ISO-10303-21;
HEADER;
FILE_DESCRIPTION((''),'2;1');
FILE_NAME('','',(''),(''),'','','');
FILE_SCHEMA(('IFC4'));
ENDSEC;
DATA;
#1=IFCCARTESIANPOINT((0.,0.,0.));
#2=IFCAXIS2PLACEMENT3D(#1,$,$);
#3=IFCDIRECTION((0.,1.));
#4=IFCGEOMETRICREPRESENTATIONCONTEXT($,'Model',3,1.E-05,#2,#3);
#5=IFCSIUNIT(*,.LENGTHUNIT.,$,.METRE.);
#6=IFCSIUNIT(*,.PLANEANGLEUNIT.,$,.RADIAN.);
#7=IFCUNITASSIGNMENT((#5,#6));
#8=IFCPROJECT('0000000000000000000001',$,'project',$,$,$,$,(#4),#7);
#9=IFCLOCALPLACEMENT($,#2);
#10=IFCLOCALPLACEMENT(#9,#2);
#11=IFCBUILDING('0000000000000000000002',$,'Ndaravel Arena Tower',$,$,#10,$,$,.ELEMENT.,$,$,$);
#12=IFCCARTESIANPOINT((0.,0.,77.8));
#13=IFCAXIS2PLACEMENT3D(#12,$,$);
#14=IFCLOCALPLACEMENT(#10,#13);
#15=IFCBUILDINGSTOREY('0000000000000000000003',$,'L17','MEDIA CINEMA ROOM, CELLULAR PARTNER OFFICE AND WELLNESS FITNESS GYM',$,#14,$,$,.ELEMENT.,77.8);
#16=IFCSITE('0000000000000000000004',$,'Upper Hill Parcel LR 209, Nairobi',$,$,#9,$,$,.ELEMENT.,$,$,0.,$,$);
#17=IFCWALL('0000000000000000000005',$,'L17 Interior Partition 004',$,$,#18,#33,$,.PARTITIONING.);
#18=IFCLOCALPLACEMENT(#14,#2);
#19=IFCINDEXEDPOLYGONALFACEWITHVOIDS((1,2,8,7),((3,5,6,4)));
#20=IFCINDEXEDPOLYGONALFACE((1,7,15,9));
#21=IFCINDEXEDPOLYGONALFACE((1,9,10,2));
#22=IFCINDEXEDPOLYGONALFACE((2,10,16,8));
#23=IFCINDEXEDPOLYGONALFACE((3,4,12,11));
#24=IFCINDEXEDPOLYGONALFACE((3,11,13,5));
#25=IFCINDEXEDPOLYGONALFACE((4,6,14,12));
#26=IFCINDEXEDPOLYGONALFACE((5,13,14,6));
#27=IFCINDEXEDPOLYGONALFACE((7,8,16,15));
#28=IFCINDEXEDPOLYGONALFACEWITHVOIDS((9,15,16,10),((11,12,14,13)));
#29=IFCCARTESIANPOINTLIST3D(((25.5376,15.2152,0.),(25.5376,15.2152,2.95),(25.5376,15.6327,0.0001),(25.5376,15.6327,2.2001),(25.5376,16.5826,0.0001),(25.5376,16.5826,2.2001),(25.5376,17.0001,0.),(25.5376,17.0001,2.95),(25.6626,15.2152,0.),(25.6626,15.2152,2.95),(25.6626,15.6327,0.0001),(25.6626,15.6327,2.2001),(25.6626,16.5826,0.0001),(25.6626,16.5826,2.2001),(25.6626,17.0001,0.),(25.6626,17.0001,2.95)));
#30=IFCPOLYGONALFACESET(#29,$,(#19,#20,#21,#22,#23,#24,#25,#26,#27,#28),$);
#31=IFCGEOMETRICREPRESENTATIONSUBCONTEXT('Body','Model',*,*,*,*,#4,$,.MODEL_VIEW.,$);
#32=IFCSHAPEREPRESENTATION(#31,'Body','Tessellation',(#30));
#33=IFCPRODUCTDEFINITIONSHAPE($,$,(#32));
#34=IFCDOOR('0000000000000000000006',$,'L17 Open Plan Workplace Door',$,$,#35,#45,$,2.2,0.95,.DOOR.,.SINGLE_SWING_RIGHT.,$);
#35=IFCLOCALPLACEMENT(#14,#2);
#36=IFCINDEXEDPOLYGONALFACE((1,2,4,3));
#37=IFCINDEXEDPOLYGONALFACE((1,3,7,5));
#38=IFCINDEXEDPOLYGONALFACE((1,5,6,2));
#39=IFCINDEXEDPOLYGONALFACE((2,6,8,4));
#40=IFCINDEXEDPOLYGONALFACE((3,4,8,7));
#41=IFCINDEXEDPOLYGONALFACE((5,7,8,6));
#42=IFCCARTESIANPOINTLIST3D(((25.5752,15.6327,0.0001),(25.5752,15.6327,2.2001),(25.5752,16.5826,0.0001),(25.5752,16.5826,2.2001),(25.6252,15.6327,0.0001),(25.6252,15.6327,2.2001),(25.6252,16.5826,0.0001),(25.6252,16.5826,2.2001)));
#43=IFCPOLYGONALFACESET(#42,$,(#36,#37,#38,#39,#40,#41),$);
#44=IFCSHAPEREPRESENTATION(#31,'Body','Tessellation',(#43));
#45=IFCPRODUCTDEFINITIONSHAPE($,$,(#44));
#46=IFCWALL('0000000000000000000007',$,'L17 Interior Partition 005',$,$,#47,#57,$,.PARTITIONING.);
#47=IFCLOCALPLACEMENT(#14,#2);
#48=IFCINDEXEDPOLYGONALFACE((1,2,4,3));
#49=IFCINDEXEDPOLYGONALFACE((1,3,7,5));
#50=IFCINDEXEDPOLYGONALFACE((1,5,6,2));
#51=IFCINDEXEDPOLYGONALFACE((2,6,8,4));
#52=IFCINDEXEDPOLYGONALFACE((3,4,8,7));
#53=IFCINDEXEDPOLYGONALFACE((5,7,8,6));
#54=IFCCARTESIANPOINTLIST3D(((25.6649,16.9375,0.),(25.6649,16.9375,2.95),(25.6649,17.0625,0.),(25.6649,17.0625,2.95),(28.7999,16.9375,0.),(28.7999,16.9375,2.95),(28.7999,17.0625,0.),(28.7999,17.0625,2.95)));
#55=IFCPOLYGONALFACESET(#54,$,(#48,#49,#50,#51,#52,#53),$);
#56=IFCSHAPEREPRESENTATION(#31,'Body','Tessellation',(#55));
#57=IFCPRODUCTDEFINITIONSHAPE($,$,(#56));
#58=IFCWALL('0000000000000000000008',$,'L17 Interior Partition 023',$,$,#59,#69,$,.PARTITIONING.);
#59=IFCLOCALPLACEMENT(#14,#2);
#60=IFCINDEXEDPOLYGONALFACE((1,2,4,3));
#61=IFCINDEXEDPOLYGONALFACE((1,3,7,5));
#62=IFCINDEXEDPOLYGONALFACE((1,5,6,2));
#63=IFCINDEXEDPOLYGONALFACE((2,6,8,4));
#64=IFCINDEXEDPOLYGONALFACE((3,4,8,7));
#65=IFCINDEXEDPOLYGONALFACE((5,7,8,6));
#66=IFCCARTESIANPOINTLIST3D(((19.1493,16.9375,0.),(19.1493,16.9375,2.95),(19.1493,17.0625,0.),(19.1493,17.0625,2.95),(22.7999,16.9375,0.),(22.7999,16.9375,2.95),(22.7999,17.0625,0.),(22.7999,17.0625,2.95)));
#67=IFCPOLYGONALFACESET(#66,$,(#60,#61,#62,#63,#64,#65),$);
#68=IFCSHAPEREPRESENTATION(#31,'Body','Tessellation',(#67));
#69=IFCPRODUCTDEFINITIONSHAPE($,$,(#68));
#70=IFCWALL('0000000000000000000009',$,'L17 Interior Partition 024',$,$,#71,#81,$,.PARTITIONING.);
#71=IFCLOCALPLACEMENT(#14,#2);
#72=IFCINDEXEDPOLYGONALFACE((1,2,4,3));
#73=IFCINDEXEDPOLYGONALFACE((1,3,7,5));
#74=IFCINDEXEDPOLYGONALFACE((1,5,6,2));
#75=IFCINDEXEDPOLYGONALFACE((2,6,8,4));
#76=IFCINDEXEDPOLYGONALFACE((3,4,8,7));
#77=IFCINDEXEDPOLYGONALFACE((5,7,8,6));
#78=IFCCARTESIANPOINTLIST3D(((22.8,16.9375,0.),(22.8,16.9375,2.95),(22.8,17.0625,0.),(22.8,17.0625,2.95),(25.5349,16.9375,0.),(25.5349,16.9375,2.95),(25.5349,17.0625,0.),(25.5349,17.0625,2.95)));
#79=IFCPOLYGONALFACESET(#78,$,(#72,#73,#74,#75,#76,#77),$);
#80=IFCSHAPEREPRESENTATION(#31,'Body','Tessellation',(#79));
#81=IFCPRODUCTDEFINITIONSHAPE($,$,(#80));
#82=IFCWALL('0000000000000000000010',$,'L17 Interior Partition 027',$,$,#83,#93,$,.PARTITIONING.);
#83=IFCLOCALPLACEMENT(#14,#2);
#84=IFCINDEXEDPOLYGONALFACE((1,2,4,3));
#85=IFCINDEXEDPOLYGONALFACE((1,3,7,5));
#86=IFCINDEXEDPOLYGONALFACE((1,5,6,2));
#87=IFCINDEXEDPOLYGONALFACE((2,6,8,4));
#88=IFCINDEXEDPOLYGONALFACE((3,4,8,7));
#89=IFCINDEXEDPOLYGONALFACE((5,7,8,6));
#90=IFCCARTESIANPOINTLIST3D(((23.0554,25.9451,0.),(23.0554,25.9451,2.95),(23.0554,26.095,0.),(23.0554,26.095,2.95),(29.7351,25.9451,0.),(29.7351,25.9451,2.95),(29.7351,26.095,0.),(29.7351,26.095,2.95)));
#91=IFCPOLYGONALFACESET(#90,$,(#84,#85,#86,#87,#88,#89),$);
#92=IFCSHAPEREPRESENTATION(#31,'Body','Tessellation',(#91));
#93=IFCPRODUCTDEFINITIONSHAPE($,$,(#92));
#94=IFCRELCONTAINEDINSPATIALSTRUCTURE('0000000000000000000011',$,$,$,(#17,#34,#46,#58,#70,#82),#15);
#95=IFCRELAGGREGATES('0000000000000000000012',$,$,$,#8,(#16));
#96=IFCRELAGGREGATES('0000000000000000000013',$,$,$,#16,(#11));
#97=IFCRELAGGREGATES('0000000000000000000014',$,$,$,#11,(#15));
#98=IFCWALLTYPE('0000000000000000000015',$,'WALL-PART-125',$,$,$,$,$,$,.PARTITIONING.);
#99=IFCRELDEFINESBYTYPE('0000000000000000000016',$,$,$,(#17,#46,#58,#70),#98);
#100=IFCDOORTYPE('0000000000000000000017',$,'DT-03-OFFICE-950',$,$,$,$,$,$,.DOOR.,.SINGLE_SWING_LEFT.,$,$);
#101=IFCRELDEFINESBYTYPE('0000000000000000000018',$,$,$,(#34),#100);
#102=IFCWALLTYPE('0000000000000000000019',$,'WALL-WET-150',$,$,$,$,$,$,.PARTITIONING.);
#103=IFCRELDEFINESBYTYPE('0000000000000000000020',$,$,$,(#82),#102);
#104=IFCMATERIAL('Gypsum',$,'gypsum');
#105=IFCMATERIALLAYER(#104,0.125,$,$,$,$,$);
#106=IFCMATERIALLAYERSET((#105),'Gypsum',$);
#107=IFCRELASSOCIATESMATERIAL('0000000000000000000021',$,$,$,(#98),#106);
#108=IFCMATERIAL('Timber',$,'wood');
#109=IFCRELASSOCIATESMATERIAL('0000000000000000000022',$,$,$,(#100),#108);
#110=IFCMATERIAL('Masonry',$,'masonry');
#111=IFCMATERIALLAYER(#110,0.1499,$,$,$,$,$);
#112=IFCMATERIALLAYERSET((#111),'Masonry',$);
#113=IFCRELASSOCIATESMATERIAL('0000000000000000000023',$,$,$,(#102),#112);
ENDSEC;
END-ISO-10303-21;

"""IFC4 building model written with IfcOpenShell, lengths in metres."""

from ifc_helpers import new_model, si_unit, direction, frame, frame_2d, origin, place, context, subcontext, project, spatial, rectangle, extrude, material, layer, layer_set, type_object, element, fill, save


model = new_model("IFC4")

# Units and contexts
model_context = context("Model", 3, precision=1e-05, world=origin(), true_north=direction((0.0, 1.0)))
body_context = subcontext(model_context, "Body", "Model", "MODEL_VIEW")
ifc_project = project(units=[si_unit("LENGTHUNIT", "METRE"), si_unit("PLANEANGLEUNIT", "RADIAN")], contexts=[model_context])

# Site, building, storey
site_placement = place(None, origin())
site = spatial("IfcSite", under=ifc_project, at=site_placement, Name="Upper Hill Parcel LR 209, Nairobi", CompositionType="ELEMENT", RefElevation=0.0)
building_placement = place(site_placement, origin())
building = spatial("IfcBuilding", under=site, at=building_placement, Name="Ndaravel Arena Tower", CompositionType="ELEMENT")
storey_placement = place(building_placement, frame((0.0, 0.0, 77.8)))
storey = spatial("IfcBuildingStorey", under=building, at=storey_placement, Name="L17", Description="MEDIA CINEMA ROOM, CELLULAR PARTNER OFFICE AND WELLNESS FITNESS GYM", CompositionType="ELEMENT", Elevation=77.8)

# Wall, opening, door
ifc_material_1 = material(Name="Gypsum", Category="gypsum")
ifc_layer_1 = layer(ifc_material_1, 0.125)
ifc_layer_set_1 = layer_set([ifc_layer_1], Name="Gypsum")
wall_type_1 = type_object("IfcWallType", Name="WALL-PART-125", PredefinedType="PARTITIONING", material=ifc_layer_set_1)
wall_1_placement = place(storey_placement, frame((25.6001, 15.2151, 0.0), z_axis=(0.0, 0.0, 1.0), x_axis=(0.0, 1.0, 0.0)))
wall_1 = element("IfcWall", 1, at=wall_1_placement, inside=storey, type_object=wall_type_1, Name="L17 Interior Partition 004", PredefinedType="PARTITIONING", context=body_context, shape_type="SweptSolid", body=[
    extrude(rectangle(XDim=1.7849, YDim=0.125, at=frame_2d((0.8926, 0.0))), origin(), (0.0, 0.0, 1.0), 2.95),
])
opening_placement = place(wall_1_placement, frame((0.4175, 0.0, 0.0)))
opening = element("IfcOpeningElement", 2, at=opening_placement, cuts=wall_1, PredefinedType="OPENING", context=body_context, shape_type="SweptSolid", body=[
    extrude(rectangle(XDim=0.95, YDim=2.2, at=frame_2d((0.4751, 1.1001))), frame((0.0, 0.0625, 0.0), z_axis=(0.0, -1.0, 0.0), x_axis=(1.0, 0.0, 0.0)), (0.0, 0.0, 1.0), 0.125),
])
ifc_material_2 = material(Name="Timber", Category="wood")
door_type = type_object("IfcDoorType", Name="DT-03-OFFICE-950", OperationType="SINGLE_SWING_LEFT", PredefinedType="DOOR", material=ifc_material_2)
door_placement = place(opening_placement, origin())
door = element("IfcDoor", 3, at=door_placement, inside=storey, type_object=door_type, Name="L17 Open Plan Workplace Door", OperationType="SINGLE_SWING_RIGHT", OverallHeight=2.2, OverallWidth=0.95, PredefinedType="DOOR", context=body_context, shape_type="SweptSolid", body=[
    extrude(rectangle(XDim=0.95, YDim=2.2, at=frame_2d((0.4751, 1.1001))), frame((0.0, 0.0249, 0.0), z_axis=(0.0, -1.0, 0.0), x_axis=(1.0, 0.0, 0.0)), (0.0, 0.0, 1.0), 0.05),
])
fill(opening, door)

# Walls
wall_2_placement = place(storey_placement, frame((25.665, 17.0, 0.0), z_axis=(0.0, 0.0, 1.0), x_axis=(1.0, 0.0, 0.0)))
element("IfcWall", 4, at=wall_2_placement, inside=storey, type_object=wall_type_1, Name="L17 Interior Partition 005", PredefinedType="PARTITIONING", context=body_context, shape_type="SweptSolid", body=[
    extrude(rectangle(XDim=3.135, YDim=0.125, at=frame_2d((1.5674, 0.0))), origin(), (0.0, 0.0, 1.0), 2.95),
])
wall_3_placement = place(storey_placement, frame((19.1494, 17.0, 0.0), z_axis=(0.0, 0.0, 1.0), x_axis=(1.0, 0.0, 0.0)))
element("IfcWall", 5, at=wall_3_placement, inside=storey, type_object=wall_type_1, Name="L17 Interior Partition 023", PredefinedType="PARTITIONING", context=body_context, shape_type="SweptSolid", body=[
    extrude(rectangle(XDim=3.6506, YDim=0.125, at=frame_2d((1.8252, 0.0))), origin(), (0.0, 0.0, 1.0), 2.95),
])
wall_4_placement = place(storey_placement, frame((22.8, 17.0, 0.0), z_axis=(0.0, 0.0, 1.0), x_axis=(1.0, 0.0, 0.0)))
element("IfcWall", 6, at=wall_4_placement, inside=storey, type_object=wall_type_1, Name="L17 Interior Partition 024", PredefinedType="PARTITIONING", context=body_context, shape_type="SweptSolid", body=[
    extrude(rectangle(XDim=2.7349, YDim=0.125, at=frame_2d((1.3674, 0.0))), origin(), (0.0, 0.0, 1.0), 2.95),
])
ifc_material_3 = material(Name="Masonry", Category="masonry")
ifc_layer_2 = layer(ifc_material_3, 0.1499)
ifc_layer_set_2 = layer_set([ifc_layer_2], Name="Masonry")
wall_type_2 = type_object("IfcWallType", Name="WALL-WET-150", PredefinedType="PARTITIONING", material=ifc_layer_set_2)
wall_5_placement = place(storey_placement, frame((23.0554, 26.02, 0.0), z_axis=(0.0, 0.0, 1.0), x_axis=(1.0, 0.0, 0.0)))
element("IfcWall", 7, at=wall_5_placement, inside=storey, type_object=wall_type_2, Name="L17 Interior Partition 027", PredefinedType="PARTITIONING", context=body_context, shape_type="SweptSolid", body=[
    extrude(rectangle(XDim=6.6797, YDim=0.1499, at=frame_2d((3.3398, 0.0))), origin(), (0.0, 0.0, 1.0), 2.95),
])

save(model, "model.ifc")
